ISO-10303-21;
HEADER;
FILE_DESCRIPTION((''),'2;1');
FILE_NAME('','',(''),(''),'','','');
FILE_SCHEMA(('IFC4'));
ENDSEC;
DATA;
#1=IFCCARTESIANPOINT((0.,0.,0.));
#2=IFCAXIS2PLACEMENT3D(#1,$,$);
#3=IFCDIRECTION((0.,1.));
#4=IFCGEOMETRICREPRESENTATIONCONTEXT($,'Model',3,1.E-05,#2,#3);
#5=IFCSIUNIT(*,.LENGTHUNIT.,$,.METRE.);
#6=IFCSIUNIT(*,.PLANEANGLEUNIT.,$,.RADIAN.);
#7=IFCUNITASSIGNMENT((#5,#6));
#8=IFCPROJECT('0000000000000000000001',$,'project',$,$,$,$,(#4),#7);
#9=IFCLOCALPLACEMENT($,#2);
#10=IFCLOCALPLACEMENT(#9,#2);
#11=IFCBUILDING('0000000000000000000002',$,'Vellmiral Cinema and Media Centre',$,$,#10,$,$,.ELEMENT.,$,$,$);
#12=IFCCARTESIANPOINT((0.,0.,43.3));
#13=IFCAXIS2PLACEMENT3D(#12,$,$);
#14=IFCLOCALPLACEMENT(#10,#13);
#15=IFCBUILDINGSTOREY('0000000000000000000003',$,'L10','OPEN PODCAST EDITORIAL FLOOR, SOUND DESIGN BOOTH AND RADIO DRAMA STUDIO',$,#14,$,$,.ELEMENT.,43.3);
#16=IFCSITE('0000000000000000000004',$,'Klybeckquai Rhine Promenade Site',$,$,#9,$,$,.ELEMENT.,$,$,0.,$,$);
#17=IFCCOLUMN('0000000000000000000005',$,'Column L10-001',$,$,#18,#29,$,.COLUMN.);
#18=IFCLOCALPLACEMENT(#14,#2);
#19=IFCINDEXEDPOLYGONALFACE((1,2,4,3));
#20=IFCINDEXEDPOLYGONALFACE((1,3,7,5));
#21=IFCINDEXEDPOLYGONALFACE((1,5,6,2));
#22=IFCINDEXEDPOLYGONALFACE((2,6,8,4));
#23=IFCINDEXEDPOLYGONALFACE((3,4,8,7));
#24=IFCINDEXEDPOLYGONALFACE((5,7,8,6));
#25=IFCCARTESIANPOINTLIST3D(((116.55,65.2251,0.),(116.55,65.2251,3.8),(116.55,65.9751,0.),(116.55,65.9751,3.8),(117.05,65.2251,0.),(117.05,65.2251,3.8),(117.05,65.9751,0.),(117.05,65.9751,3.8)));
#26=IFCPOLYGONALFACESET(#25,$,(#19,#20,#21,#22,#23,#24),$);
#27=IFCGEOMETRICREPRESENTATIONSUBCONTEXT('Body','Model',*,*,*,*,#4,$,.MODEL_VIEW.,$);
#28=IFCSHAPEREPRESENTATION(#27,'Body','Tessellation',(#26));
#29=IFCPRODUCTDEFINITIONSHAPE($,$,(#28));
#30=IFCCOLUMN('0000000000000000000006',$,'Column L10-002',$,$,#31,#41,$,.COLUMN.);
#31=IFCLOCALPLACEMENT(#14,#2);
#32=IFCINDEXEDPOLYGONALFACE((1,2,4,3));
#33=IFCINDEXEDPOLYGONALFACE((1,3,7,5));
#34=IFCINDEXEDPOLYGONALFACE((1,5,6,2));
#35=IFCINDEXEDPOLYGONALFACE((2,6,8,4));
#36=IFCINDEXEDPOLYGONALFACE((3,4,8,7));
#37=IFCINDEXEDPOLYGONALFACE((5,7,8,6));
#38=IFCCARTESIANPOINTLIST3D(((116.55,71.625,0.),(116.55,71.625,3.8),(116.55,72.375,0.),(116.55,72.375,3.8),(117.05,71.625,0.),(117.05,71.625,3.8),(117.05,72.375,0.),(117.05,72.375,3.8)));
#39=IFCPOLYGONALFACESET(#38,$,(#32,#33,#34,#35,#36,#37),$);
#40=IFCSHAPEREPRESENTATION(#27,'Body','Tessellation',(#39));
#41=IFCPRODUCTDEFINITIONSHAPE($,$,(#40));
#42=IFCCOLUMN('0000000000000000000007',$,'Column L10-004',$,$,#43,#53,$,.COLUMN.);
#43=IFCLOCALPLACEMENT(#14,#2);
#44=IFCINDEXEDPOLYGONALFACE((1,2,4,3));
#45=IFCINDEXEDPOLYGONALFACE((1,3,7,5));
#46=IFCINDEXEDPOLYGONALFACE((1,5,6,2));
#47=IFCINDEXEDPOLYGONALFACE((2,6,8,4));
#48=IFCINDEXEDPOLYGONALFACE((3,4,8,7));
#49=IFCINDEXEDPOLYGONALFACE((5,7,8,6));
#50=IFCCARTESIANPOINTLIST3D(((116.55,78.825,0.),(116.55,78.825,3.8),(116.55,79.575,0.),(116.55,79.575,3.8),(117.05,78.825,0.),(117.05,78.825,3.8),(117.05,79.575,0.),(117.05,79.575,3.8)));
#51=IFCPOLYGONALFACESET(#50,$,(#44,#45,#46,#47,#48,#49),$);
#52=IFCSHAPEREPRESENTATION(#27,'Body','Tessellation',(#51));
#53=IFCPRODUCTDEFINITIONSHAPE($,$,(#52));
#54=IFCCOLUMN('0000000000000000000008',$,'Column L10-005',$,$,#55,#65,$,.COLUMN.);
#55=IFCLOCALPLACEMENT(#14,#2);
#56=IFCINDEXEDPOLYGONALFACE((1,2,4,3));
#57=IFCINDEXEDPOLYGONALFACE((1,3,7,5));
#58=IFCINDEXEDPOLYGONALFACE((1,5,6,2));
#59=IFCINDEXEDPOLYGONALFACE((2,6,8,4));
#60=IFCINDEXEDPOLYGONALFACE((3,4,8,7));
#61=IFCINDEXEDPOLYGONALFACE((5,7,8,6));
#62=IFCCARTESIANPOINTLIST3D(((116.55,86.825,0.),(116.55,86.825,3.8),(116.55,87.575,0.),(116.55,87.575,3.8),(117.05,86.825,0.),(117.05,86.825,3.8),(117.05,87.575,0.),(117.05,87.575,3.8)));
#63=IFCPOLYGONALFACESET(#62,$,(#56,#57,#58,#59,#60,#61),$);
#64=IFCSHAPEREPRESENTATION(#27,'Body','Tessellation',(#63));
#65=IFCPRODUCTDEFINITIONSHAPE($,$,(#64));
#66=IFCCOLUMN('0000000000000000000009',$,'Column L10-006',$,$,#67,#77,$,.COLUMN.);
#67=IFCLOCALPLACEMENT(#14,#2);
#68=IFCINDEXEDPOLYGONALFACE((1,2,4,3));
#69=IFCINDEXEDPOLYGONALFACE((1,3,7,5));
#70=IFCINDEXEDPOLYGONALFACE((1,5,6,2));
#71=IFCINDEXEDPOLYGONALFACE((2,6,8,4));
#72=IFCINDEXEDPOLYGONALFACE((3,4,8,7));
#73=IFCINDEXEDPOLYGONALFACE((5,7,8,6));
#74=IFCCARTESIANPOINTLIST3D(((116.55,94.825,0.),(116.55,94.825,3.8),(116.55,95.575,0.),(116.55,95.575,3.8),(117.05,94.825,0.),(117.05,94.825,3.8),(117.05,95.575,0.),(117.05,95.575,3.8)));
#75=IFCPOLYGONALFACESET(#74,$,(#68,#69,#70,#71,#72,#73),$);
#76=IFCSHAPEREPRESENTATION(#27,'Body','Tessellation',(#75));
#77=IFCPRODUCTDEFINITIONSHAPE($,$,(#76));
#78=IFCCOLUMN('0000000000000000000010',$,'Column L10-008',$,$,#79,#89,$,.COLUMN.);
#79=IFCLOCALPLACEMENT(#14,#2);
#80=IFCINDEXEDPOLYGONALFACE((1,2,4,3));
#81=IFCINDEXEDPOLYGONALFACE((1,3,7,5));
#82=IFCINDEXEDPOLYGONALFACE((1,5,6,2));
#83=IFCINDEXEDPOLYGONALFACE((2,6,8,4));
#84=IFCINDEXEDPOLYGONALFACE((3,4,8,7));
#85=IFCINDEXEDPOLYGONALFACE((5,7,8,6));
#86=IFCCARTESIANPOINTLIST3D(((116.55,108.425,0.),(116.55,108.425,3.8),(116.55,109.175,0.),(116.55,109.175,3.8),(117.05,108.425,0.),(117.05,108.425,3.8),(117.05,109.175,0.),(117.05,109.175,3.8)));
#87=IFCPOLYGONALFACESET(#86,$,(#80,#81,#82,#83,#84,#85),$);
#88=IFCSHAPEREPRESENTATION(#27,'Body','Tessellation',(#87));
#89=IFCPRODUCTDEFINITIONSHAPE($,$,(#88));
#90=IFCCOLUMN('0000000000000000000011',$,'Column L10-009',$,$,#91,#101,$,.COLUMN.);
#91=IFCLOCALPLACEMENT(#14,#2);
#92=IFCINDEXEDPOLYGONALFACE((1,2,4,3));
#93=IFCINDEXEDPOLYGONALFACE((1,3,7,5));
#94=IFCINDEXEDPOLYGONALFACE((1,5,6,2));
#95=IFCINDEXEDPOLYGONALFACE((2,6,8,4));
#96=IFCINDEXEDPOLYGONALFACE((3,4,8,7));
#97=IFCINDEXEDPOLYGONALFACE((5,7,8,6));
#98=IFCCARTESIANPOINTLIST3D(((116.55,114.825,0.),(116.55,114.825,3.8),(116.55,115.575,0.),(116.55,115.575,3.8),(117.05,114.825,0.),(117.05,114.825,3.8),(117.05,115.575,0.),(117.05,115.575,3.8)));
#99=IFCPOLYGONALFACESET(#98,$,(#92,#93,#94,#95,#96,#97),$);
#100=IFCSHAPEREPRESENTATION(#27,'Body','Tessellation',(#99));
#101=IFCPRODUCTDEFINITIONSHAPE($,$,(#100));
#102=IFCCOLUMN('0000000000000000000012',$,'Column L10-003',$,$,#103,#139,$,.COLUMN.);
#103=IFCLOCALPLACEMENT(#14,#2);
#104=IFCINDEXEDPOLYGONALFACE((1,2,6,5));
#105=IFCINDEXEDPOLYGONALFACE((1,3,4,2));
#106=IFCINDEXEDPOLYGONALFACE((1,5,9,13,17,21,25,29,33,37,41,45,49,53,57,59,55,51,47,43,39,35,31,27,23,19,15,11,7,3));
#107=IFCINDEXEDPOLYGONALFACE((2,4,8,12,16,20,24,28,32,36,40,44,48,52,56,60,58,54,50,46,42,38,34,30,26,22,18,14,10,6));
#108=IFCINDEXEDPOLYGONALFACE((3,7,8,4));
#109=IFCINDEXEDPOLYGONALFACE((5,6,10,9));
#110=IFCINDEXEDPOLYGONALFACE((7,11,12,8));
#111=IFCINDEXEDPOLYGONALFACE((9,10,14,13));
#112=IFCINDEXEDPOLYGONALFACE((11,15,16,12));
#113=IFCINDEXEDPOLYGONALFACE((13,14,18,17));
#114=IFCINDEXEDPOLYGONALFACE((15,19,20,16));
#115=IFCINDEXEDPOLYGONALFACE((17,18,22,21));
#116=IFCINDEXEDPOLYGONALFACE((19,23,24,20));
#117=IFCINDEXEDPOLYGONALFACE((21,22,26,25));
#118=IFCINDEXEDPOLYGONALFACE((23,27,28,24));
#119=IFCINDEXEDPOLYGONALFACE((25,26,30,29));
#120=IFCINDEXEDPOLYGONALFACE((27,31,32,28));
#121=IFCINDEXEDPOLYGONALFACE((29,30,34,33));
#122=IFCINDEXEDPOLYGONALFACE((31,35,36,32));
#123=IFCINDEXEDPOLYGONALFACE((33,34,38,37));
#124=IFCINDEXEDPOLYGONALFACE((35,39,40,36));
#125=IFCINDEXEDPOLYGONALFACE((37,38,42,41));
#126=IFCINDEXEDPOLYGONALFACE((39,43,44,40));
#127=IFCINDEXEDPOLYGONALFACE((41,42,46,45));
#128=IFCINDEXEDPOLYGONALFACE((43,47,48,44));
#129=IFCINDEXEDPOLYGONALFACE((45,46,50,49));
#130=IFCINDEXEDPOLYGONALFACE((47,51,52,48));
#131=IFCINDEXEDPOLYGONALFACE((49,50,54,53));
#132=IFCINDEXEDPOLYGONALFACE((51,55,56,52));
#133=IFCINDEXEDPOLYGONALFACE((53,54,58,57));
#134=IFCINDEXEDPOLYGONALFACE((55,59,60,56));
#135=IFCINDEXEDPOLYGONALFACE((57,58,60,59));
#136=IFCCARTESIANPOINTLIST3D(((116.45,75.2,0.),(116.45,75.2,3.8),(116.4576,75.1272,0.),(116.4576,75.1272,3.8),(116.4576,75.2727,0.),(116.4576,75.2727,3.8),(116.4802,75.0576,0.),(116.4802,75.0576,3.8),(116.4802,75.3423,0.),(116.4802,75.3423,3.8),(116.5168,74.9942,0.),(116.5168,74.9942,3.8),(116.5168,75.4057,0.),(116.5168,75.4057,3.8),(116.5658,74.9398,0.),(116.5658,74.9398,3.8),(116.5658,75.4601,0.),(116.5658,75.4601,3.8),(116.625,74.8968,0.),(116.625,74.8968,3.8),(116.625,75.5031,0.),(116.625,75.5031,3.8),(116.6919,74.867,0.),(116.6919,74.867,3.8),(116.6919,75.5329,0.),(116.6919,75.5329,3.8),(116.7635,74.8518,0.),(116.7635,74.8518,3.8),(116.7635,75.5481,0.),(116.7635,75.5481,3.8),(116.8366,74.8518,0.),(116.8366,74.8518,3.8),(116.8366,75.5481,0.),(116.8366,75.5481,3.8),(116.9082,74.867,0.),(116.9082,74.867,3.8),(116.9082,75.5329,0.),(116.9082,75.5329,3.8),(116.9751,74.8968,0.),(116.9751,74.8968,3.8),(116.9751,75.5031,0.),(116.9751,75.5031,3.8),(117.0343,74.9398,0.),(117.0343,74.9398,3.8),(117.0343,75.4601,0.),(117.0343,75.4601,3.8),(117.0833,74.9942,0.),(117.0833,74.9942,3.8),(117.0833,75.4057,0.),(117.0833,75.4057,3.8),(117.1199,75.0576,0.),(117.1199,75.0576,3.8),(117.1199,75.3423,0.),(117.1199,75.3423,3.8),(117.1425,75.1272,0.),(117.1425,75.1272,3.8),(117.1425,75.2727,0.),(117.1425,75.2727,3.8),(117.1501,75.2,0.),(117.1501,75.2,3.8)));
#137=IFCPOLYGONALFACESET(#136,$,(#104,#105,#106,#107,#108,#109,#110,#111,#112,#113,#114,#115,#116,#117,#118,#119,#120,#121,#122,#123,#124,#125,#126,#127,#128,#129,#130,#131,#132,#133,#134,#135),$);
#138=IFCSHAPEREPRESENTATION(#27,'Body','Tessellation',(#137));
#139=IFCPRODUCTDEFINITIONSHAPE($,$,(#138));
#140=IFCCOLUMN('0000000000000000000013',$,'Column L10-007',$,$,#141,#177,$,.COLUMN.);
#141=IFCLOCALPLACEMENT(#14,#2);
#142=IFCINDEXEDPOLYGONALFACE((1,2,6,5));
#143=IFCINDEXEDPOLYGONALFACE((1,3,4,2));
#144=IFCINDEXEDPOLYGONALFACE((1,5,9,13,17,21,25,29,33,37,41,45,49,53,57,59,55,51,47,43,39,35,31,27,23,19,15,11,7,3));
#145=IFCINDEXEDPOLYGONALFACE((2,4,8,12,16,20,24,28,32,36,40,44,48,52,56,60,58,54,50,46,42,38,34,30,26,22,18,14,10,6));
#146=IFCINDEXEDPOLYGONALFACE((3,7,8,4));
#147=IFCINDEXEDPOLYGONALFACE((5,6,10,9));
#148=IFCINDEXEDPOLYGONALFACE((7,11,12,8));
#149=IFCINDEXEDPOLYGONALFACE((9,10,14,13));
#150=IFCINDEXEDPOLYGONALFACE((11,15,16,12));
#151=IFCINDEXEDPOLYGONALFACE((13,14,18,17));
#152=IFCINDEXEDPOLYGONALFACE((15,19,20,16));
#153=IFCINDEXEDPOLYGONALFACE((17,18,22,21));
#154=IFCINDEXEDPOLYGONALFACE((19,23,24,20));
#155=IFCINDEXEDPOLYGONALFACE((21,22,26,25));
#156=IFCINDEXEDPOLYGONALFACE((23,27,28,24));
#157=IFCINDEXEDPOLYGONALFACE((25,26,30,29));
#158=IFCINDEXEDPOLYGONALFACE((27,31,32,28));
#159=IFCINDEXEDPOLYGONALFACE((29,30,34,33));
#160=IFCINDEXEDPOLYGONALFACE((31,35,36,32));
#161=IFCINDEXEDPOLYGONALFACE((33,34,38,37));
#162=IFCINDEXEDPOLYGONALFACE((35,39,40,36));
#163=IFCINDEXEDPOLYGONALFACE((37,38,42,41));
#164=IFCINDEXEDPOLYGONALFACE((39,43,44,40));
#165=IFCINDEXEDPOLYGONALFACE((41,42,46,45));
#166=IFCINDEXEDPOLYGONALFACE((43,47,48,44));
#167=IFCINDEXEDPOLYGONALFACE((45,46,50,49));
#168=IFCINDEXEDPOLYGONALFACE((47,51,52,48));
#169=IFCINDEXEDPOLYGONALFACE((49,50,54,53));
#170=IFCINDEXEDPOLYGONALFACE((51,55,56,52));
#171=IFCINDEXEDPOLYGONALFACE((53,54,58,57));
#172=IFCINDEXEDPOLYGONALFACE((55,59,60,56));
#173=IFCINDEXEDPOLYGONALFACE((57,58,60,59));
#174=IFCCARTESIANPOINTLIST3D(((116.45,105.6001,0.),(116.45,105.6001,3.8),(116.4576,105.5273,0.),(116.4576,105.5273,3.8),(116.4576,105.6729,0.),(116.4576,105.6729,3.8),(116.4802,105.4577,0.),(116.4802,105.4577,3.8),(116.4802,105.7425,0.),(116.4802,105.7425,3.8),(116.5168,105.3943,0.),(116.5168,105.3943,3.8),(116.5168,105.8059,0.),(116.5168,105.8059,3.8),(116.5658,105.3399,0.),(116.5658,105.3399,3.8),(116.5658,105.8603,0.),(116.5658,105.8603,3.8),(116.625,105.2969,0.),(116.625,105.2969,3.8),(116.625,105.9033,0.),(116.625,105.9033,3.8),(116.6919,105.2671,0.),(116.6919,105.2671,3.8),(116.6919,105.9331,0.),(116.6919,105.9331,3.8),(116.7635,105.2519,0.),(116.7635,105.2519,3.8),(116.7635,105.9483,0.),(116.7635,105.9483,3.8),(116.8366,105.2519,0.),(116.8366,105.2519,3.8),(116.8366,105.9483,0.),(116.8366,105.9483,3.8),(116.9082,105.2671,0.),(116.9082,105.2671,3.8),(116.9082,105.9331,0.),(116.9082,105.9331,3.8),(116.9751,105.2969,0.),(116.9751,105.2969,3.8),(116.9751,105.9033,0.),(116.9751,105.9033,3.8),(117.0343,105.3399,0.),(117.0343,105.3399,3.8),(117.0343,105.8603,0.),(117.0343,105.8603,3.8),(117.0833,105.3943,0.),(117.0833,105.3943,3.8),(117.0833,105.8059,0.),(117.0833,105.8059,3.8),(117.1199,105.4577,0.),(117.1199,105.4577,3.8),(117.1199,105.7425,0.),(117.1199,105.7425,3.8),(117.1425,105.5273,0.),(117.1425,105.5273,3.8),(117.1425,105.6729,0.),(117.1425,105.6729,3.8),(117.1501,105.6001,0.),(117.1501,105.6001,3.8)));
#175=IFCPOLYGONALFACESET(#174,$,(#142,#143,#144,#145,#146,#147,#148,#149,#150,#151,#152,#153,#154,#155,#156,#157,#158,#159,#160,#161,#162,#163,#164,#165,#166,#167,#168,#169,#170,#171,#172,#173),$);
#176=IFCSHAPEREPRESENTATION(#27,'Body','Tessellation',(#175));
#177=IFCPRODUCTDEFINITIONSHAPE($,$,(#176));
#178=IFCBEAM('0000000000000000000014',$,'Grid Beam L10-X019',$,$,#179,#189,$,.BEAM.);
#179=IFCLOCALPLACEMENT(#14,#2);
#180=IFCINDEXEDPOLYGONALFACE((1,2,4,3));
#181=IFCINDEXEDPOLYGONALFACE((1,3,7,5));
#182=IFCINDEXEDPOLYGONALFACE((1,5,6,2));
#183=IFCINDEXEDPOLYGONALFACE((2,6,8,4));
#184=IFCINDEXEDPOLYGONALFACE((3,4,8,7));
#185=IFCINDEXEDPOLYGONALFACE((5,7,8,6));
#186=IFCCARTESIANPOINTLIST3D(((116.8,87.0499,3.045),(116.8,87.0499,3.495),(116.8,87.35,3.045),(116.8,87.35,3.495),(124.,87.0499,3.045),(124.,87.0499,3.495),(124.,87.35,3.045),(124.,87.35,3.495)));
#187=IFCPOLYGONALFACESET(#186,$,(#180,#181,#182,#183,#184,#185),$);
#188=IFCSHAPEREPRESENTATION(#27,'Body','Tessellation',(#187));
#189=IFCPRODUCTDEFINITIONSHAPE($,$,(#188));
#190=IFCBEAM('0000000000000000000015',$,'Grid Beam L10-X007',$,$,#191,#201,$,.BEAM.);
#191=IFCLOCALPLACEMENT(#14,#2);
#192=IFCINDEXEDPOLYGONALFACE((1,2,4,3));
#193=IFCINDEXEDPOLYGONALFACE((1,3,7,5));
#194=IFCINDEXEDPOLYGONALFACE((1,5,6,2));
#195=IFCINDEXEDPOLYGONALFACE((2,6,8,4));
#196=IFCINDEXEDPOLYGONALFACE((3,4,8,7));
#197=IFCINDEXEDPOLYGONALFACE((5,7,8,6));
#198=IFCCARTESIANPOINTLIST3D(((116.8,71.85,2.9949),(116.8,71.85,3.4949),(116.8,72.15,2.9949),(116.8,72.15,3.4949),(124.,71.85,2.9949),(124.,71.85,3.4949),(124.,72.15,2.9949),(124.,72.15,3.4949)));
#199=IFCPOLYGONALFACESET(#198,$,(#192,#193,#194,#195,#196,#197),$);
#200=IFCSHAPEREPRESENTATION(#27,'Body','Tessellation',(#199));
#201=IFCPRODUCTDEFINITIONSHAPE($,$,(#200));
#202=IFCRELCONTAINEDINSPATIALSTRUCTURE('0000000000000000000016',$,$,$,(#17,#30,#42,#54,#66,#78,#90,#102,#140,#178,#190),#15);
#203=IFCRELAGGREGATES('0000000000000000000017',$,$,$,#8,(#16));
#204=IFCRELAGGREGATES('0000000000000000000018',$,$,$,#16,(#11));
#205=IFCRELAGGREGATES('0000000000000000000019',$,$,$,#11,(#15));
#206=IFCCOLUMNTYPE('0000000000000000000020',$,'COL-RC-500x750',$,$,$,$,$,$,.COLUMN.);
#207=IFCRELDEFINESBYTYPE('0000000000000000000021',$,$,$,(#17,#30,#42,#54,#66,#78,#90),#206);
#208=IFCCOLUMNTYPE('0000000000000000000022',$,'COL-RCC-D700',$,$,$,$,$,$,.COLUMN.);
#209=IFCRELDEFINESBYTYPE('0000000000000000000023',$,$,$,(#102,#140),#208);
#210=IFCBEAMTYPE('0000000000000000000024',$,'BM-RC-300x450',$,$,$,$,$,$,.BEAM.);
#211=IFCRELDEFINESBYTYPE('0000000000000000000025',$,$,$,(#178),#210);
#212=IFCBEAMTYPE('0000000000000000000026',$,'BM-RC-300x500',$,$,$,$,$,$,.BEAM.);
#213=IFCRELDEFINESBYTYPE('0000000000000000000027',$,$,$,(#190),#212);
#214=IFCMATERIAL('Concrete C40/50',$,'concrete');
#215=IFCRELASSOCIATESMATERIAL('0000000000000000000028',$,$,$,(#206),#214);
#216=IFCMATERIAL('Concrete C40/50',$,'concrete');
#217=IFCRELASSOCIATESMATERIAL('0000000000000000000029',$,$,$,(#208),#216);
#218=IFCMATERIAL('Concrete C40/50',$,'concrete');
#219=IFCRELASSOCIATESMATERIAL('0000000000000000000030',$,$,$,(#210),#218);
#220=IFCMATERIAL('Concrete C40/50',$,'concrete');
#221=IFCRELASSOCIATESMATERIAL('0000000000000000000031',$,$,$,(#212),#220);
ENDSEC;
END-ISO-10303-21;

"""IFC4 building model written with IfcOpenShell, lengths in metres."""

from ifc_helpers import new_model, si_unit, direction, frame, origin, origin_2d, place, context, subcontext, project, spatial, rectangle, circle, extrude, material, material_profile, profile_set, type_object, element, save


model = new_model("IFC4")

# Units and contexts
model_context = context("Model", 3, precision=1e-05, world=origin(), true_north=direction((0.0, 1.0)))
body_context = subcontext(model_context, "Body", "Model", "MODEL_VIEW")
ifc_project = project(units=[si_unit("LENGTHUNIT", "METRE"), si_unit("PLANEANGLEUNIT", "RADIAN")], contexts=[model_context])

# Site, building, storey
site_placement = place(None, origin())
site = spatial("IfcSite", under=ifc_project, at=site_placement, Name="Klybeckquai Rhine Promenade Site", CompositionType="ELEMENT", RefElevation=0.0)
building_placement = place(site_placement, origin())
building = spatial("IfcBuilding", under=site, at=building_placement, Name="Vellmiral Cinema and Media Centre", CompositionType="ELEMENT")
storey_placement = place(building_placement, frame((0.0, 0.0, 43.3)))
storey = spatial("IfcBuildingStorey", under=building, at=storey_placement, Name="L10", Description="OPEN PODCAST EDITORIAL FLOOR, SOUND DESIGN BOOTH AND RADIO DRAMA STUDIO", CompositionType="ELEMENT", Elevation=43.3)

# Columns
ifc_material_1 = material(Name="Concrete C40/50", Category="concrete")
ifc_material_profile_1 = material_profile(ifc_material_1, rectangle(XDim=0.5, YDim=0.75, at=origin_2d()), Name="RC 500x750")
ifc_profile_set_1 = profile_set([ifc_material_profile_1], Name="Concrete C40/50")
column_type_1 = type_object("IfcColumnType", Name="COL-RC-500x750", PredefinedType="COLUMN", material=ifc_profile_set_1)
for number, where, z_axis, x_axis, name in (
    (1, (116.8, 65.6001, 0.0), (0.0, 0.0, 1.0), (1.0, 0.0, 0.0), "Column L10-001"),
    (2, (116.8, 72.0, 0.0), (0.0, 0.0, 1.0), (1.0, 0.0, 0.0), "Column L10-002"),
    (3, (116.8, 79.2, 0.0), (0.0, 0.0, 1.0), (1.0, 0.0, 0.0), "Column L10-004"),
    (4, (116.8, 87.2, 0.0), (0.0, 0.0, 1.0), (1.0, 0.0, 0.0), "Column L10-005"),
    (5, (116.8, 95.2, 0.0), (0.0, 0.0, 1.0), (1.0, 0.0, 0.0), "Column L10-006"),
    (6, (116.8, 108.8, 0.0), (0.0, 0.0, 1.0), (1.0, 0.0, 0.0), "Column L10-008"),
    (7, (116.8, 115.2, 0.0), (0.0, 0.0, 1.0), (1.0, 0.0, 0.0), "Column L10-009"),
):
    element("IfcColumn", number, at=place(storey_placement, frame(where, z_axis=z_axis, x_axis=x_axis)), inside=storey, type_object=column_type_1, Name=name, PredefinedType="COLUMN", context=body_context, shape_type="SweptSolid", body=[
        extrude(rectangle(XDim=0.5, YDim=0.75, at=origin_2d()), origin(), (0.0, 0.0, 1.0), 3.8),
    ])
ifc_material_2 = material(Name="Concrete C40/50", Category="concrete")
ifc_material_profile_2 = material_profile(ifc_material_2, circle(Radius=0.3501, at=origin_2d()), Name="RC D700")
ifc_profile_set_2 = profile_set([ifc_material_profile_2], Name="Concrete C40/50")
column_type_2 = type_object("IfcColumnType", Name="COL-RCC-D700", PredefinedType="COLUMN", material=ifc_profile_set_2)
for number, where, z_axis, x_axis, name in (
    (8, (116.8, 75.2, 0.0), (0.0, 0.0, 1.0), (1.0, 0.0, 0.0), "Column L10-003"),
    (9, (116.8, 105.6001, 0.0), (0.0, 0.0, 1.0), (1.0, 0.0, 0.0), "Column L10-007"),
):
    element("IfcColumn", number, at=place(storey_placement, frame(where, z_axis=z_axis, x_axis=x_axis)), inside=storey, type_object=column_type_2, Name=name, PredefinedType="COLUMN", context=body_context, shape_type="SweptSolid", body=[
        extrude(circle(Radius=0.3501, at=origin_2d()), origin(), (0.0, 0.0, 1.0), 3.8),
    ])

# Beams
ifc_material_3 = material(Name="Concrete C40/50", Category="concrete")
ifc_material_profile_3 = material_profile(ifc_material_3, rectangle(XDim=0.3, YDim=0.45, at=origin_2d()), Name="RC 300x450")
ifc_profile_set_3 = profile_set([ifc_material_profile_3], Name="Concrete C40/50")
beam_type_1 = type_object("IfcBeamType", Name="BM-RC-300x450", PredefinedType="BEAM", material=ifc_profile_set_3)
beam_1_placement = place(storey_placement, frame((116.8, 87.2, 3.27), z_axis=(1.0, 0.0, 0.0), x_axis=(0.0, 1.0, 0.0)))
element("IfcBeam", 10, at=beam_1_placement, inside=storey, type_object=beam_type_1, Name="Grid Beam L10-X019", PredefinedType="BEAM", context=body_context, shape_type="SweptSolid", body=[
    extrude(rectangle(XDim=0.3, YDim=0.45, at=origin_2d()), origin(), (0.0, 0.0, 1.0), 7.2),
])
ifc_material_4 = material(Name="Concrete C40/50", Category="concrete")
ifc_material_profile_4 = material_profile(ifc_material_4, rectangle(XDim=0.3, YDim=0.5, at=origin_2d()), Name="RC 300x500")
ifc_profile_set_4 = profile_set([ifc_material_profile_4], Name="Concrete C40/50")
beam_type_2 = type_object("IfcBeamType", Name="BM-RC-300x500", PredefinedType="BEAM", material=ifc_profile_set_4)
beam_2_placement = place(storey_placement, frame((116.8, 72.0, 3.2449), z_axis=(1.0, 0.0, 0.0), x_axis=(0.0, 1.0, 0.0)))
element("IfcBeam", 11, at=beam_2_placement, inside=storey, type_object=beam_type_2, Name="Grid Beam L10-X007", PredefinedType="BEAM", context=body_context, shape_type="SweptSolid", body=[
    extrude(rectangle(XDim=0.3, YDim=0.5, at=origin_2d()), origin(), (0.0, 0.0, 1.0), 7.2),
])

save(model, "model.ifc")
